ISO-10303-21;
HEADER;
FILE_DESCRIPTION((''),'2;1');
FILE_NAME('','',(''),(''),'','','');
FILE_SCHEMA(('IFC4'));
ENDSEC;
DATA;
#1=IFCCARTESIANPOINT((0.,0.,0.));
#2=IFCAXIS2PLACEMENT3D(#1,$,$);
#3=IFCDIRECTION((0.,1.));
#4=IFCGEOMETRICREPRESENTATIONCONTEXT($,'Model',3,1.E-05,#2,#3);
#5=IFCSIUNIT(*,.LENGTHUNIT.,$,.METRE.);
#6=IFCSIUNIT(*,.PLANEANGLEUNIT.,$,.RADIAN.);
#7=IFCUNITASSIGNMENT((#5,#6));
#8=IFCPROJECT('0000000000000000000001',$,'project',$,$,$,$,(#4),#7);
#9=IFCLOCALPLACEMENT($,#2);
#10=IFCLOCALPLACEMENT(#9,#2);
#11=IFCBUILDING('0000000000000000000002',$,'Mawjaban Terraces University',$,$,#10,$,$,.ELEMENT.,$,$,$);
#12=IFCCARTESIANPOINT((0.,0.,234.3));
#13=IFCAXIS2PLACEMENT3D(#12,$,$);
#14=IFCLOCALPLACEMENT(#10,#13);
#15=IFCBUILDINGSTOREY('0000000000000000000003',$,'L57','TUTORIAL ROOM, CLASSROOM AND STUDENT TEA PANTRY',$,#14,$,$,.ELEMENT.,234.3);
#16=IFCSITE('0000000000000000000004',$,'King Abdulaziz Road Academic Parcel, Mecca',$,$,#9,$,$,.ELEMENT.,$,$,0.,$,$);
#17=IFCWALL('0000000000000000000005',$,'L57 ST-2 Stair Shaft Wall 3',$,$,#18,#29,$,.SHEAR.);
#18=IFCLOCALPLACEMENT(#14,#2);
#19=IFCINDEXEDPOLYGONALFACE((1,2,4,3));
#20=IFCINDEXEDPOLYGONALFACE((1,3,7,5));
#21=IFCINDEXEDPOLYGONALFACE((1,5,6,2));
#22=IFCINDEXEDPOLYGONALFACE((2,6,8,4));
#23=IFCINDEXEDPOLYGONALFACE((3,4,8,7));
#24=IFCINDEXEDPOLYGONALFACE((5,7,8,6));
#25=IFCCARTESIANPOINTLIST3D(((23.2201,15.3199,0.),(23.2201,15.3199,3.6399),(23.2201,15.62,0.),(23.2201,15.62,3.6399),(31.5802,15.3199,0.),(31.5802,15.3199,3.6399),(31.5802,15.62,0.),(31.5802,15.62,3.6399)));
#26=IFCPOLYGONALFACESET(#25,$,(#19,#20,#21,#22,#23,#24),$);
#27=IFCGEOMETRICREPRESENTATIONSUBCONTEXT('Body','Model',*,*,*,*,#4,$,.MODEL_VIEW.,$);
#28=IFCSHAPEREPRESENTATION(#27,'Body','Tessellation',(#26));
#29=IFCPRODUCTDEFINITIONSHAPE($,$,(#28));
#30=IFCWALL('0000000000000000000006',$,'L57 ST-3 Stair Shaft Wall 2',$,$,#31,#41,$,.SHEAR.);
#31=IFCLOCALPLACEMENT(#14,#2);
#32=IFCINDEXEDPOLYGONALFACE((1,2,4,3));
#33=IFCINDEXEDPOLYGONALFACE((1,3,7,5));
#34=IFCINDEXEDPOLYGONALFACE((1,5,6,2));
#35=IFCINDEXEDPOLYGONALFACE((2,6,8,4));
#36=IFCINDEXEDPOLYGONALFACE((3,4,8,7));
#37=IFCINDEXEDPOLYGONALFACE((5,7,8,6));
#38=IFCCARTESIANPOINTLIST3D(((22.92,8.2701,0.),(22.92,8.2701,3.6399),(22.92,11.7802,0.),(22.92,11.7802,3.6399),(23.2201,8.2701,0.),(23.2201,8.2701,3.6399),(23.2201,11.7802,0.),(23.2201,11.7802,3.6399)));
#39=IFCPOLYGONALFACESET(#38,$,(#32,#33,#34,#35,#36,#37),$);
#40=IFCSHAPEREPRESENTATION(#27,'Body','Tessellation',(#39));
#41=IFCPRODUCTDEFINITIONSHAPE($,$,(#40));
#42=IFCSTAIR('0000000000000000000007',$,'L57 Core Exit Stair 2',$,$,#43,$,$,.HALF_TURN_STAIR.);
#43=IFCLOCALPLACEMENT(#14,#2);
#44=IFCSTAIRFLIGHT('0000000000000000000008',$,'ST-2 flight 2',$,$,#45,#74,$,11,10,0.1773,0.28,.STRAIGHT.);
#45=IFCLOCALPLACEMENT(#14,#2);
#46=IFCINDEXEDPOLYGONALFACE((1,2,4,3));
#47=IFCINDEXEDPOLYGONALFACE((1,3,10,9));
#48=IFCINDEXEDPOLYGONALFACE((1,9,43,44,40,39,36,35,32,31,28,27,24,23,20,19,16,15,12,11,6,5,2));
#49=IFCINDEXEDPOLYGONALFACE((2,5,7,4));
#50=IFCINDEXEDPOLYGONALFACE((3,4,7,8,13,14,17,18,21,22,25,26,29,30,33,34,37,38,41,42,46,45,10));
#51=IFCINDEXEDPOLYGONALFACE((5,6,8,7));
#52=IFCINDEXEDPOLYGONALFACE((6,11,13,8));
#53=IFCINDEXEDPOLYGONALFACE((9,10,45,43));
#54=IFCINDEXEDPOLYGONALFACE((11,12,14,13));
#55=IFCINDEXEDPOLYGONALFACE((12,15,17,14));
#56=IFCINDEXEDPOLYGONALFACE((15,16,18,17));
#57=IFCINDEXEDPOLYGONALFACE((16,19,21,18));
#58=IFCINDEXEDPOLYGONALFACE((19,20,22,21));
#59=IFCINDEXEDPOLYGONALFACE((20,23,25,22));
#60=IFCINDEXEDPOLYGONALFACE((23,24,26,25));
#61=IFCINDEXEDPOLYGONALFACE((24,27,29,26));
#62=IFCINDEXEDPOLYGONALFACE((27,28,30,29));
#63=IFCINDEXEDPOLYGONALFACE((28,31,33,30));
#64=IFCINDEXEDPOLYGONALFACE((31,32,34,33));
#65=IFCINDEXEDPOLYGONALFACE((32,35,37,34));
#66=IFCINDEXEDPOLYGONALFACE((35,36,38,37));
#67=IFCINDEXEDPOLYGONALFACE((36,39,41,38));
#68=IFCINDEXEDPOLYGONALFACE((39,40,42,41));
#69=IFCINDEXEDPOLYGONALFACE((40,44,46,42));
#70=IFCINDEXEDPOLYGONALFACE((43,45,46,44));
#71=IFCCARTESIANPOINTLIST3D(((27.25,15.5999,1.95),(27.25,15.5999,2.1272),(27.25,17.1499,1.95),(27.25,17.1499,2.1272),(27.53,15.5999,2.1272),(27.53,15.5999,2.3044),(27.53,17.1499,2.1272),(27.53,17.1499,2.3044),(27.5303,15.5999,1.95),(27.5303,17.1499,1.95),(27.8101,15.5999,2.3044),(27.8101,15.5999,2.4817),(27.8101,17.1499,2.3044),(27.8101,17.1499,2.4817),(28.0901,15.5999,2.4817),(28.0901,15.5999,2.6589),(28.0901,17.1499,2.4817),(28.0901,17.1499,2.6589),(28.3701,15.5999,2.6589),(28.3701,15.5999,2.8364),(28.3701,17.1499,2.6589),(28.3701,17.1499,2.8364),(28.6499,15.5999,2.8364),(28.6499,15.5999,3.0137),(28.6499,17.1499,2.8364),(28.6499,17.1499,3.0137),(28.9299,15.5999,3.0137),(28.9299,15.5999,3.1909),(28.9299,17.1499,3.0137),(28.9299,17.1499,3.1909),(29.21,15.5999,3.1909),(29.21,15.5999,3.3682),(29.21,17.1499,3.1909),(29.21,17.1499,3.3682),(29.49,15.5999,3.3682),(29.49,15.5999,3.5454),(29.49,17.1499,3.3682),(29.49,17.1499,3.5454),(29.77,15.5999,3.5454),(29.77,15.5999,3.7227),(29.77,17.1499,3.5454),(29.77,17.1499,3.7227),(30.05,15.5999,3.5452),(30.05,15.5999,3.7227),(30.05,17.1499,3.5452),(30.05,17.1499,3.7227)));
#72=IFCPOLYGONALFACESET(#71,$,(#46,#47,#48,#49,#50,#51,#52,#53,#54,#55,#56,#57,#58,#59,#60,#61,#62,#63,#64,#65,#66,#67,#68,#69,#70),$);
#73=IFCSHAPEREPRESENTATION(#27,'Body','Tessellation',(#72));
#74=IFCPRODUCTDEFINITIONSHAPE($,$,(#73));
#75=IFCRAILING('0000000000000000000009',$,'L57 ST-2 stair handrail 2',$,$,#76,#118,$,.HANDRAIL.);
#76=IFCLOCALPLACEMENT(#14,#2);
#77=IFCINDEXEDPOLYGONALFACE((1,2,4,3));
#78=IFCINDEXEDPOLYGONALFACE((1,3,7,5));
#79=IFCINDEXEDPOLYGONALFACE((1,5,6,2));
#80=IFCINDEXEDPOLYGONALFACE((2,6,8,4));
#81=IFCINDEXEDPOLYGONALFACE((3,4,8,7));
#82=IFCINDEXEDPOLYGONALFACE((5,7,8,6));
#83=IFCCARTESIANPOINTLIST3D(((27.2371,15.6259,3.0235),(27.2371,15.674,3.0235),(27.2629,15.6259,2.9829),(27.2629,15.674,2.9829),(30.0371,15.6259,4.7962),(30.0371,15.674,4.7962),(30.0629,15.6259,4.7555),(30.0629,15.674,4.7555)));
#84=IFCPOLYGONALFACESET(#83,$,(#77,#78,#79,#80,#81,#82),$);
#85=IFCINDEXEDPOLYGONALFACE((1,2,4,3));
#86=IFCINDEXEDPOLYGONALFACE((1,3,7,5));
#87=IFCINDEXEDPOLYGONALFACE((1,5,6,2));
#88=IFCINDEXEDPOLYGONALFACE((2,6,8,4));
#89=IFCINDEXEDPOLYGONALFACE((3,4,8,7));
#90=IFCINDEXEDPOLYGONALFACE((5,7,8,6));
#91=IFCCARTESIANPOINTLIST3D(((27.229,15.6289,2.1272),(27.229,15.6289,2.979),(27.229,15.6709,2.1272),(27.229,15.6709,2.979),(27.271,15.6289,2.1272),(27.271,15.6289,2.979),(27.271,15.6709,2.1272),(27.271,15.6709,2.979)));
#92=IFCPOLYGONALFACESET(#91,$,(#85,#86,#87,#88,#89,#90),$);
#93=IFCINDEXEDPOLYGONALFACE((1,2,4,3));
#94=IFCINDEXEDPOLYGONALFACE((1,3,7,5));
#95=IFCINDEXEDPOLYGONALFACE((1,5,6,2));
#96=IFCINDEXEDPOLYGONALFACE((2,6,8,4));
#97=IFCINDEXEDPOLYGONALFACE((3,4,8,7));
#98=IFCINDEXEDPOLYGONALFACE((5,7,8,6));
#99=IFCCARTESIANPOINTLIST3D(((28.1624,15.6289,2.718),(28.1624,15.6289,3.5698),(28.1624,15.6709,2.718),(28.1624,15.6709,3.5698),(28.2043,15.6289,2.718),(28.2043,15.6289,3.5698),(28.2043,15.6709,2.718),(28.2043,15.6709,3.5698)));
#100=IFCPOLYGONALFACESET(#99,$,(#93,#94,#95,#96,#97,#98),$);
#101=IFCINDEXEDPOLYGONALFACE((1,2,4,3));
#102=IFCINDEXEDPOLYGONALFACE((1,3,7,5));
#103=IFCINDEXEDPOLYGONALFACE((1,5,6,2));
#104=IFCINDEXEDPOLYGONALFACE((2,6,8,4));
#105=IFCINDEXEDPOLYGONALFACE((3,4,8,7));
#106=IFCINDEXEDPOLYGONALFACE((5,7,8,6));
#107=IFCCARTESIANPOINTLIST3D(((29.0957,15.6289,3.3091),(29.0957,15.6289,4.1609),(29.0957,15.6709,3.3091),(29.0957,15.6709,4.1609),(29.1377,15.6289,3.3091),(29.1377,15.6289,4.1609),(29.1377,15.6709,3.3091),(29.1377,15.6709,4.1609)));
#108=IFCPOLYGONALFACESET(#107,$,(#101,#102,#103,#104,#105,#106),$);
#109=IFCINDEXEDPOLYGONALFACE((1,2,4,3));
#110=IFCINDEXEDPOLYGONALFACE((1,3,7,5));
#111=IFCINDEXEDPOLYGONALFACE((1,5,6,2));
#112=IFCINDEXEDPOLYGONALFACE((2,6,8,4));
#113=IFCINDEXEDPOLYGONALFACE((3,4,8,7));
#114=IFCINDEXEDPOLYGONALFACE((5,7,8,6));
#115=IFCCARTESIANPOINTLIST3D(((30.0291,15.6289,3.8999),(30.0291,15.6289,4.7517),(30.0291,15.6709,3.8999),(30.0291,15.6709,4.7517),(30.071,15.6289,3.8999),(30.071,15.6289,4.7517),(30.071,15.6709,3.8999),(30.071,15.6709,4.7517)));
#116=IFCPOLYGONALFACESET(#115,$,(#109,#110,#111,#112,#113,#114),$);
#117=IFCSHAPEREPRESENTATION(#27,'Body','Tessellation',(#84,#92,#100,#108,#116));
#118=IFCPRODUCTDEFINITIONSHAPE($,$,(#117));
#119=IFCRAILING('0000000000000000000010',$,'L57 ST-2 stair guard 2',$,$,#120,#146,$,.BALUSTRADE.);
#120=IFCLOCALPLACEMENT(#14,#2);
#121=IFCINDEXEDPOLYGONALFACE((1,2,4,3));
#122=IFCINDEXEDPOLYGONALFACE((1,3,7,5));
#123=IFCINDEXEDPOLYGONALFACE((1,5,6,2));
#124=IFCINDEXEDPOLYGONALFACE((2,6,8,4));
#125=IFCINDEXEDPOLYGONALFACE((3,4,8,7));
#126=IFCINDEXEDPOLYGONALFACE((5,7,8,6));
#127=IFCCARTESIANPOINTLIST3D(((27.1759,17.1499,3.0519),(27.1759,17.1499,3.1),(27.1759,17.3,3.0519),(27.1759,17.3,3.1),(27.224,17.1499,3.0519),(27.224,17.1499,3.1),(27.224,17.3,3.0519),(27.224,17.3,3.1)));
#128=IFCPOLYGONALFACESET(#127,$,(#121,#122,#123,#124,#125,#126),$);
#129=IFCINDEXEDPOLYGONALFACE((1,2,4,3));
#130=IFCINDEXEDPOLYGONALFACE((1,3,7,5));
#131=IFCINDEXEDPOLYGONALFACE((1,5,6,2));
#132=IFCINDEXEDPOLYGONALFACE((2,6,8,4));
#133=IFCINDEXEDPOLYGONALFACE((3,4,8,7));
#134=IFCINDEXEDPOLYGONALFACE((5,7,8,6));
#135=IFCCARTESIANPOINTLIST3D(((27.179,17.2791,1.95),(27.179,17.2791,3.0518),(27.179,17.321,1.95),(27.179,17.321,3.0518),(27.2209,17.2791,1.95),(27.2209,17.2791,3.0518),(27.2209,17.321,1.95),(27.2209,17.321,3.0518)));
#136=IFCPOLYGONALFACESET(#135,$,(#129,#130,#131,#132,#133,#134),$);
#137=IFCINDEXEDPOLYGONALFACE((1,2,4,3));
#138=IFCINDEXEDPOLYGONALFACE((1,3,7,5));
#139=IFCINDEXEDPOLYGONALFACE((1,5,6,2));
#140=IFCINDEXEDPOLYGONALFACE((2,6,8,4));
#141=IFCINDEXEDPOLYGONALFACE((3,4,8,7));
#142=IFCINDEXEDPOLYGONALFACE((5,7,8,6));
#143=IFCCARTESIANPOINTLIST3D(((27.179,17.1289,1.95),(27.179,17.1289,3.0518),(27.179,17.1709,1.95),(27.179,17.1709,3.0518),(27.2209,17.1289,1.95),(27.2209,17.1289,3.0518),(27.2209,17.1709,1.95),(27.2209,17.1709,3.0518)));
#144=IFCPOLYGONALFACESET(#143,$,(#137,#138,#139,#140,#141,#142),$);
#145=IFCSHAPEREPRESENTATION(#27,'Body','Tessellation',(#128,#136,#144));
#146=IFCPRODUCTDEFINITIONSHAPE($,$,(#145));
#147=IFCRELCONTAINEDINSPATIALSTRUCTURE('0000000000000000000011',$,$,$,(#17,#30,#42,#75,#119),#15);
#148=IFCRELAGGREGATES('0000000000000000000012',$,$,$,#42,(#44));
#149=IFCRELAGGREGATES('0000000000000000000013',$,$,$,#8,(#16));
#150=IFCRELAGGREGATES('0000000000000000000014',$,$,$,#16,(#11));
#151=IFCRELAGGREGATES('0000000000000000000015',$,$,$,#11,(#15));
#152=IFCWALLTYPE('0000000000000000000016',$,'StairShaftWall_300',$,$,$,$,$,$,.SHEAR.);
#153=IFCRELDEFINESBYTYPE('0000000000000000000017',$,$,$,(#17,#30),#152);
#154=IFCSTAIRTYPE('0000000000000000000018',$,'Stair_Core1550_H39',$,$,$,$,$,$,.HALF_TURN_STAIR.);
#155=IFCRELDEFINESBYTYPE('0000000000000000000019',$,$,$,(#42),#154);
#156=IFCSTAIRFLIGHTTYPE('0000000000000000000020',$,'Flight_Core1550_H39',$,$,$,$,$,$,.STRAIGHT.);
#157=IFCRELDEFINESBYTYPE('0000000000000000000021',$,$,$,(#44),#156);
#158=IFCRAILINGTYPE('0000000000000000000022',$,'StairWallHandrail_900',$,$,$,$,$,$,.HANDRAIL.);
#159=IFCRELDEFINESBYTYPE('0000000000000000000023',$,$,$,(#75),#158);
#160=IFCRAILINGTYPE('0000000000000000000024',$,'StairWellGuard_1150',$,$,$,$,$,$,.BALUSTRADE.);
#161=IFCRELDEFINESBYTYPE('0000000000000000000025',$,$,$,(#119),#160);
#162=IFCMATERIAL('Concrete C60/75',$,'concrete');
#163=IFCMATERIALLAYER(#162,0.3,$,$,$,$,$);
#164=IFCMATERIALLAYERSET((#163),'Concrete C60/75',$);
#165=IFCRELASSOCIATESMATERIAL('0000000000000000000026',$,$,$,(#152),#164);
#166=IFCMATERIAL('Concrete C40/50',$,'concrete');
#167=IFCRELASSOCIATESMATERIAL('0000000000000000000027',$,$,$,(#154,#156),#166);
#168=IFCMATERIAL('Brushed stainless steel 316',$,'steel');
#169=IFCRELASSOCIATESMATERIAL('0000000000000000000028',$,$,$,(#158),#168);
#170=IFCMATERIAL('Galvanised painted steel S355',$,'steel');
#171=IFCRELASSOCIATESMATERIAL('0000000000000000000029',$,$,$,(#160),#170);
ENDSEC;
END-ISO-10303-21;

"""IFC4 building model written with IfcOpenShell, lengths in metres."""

from ifc_helpers import new_model, si_unit, direction, frame, frame_2d, origin, origin_2d, place, context, subcontext, project, spatial, polyline, rectangle, outline, extrude, material, layer, layer_set, type_object, element, aggregate, save


model = new_model("IFC4")

# Units and contexts
model_context = context("Model", 3, precision=1e-05, world=origin(), true_north=direction((0.0, 1.0)))
body_context = subcontext(model_context, "Body", "Model", "MODEL_VIEW")
ifc_project = project(units=[si_unit("LENGTHUNIT", "METRE"), si_unit("PLANEANGLEUNIT", "RADIAN")], contexts=[model_context])

# Site, building, storey
site_placement = place(None, origin())
site = spatial("IfcSite", under=ifc_project, at=site_placement, Name="King Abdulaziz Road Academic Parcel, Mecca", CompositionType="ELEMENT", RefElevation=0.0)
building_placement = place(site_placement, origin())
building = spatial("IfcBuilding", under=site, at=building_placement, Name="Mawjaban Terraces University", CompositionType="ELEMENT")
storey_placement = place(building_placement, frame((0.0, 0.0, 234.3)))
storey = spatial("IfcBuildingStorey", under=building, at=storey_placement, Name="L57", Description="TUTORIAL ROOM, CLASSROOM AND STUDENT TEA PANTRY", CompositionType="ELEMENT", Elevation=234.3)

# Shared definitions
ifc_material_1 = material(Name="Concrete C60/75", Category="concrete")

# Walls
ifc_material_2 = material(Name="Concrete C40/50", Category="concrete")
ifc_layer_1 = layer(ifc_material_1, 0.3)
ifc_layer_set_1 = layer_set([ifc_layer_1], Name="Concrete C60/75")
wall_type_1 = type_object("IfcWallType", Name="StairShaftWall_300", PredefinedType="SHEAR", material=ifc_layer_set_1)
wall_1_placement = place(storey_placement, frame((23.22, 15.47, 0.0), z_axis=(0.0, 0.0, 1.0), x_axis=(1.0, 0.0, 0.0)))
element("IfcWall", 1, at=wall_1_placement, inside=storey, type_object=wall_type_1, Name="L57 ST-2 Stair Shaft Wall 3", PredefinedType="SHEAR", context=body_context, shape_type="SweptSolid", body=[
    extrude(rectangle(XDim=8.3601, YDim=0.3, at=frame_2d((4.1802, 0.0))), origin(), (0.0, 0.0, 1.0), 3.6399),
])
wall_2_placement = place(storey_placement, frame((23.0701, 11.78, 0.0), z_axis=(0.0, 0.0, 1.0), x_axis=(0.0, -1.0, 0.0)))
element("IfcWall", 2, at=wall_2_placement, inside=storey, type_object=wall_type_1, Name="L57 ST-3 Stair Shaft Wall 2", PredefinedType="SHEAR", context=body_context, shape_type="SweptSolid", body=[
    extrude(rectangle(XDim=3.51, YDim=0.3, at=frame_2d((1.7549, 0.0))), origin(), (0.0, 0.0, 1.0), 3.6399),
])

# Stair, stair flight
stair_type = type_object("IfcStairType", Name="Stair_Core1550_H39", PredefinedType="HALF_TURN_STAIR", material=ifc_material_2)
stair_placement = place(storey_placement, origin())
stair = element("IfcStair", 3, at=stair_placement, inside=storey, type_object=stair_type, Name="L57 Core Exit Stair 2", PredefinedType="HALF_TURN_STAIR")
stair_flight_type = type_object("IfcStairFlightType", Name="Flight_Core1550_H39", PredefinedType="STRAIGHT", material=ifc_material_2)
stair_flight_placement = place(storey_placement, frame((27.25, 16.375, 1.95), z_axis=(0.0, 0.0, 1.0), x_axis=(1.0, 0.0, 0.0)))
stair_flight = element("IfcStairFlight", 4, at=stair_flight_placement, type_object=stair_flight_type, Name="ST-2 flight 2", NumberOfRisers=11, NumberOfTreads=10, PredefinedType="STRAIGHT", RiserHeight=0.1773, TreadLength=0.28, context=body_context, shape_type="SweptSolid", body=[
    extrude(outline(polyline([(0.0, 0.0), (0.0, 0.1772), (0.28, 0.1772), (0.28, 0.3545), (0.5601, 0.3545), (0.5601, 0.5317), (0.8401, 0.5317), (0.8401, 0.709), (1.1201, 0.709), (1.1201, 0.8865), (1.3999, 0.8865), (1.3999, 1.0637), (1.6799, 1.0637), (1.6799, 1.241), (1.96, 1.241), (1.96, 1.4182), (2.24, 1.4182), (2.24, 1.5955), (2.52, 1.5955), (2.52, 1.7727), (2.8, 1.7727), (2.8, 1.95), (2.8, 1.5952), (0.2803, 0.0), (0.0, 0.0)])), frame((0.0, 0.7749, 0.0), z_axis=(0.0, -1.0, 0.0), x_axis=(1.0, 0.0, 0.0)), (0.0, 0.0, 1.0), 1.55),
])
aggregate(stair, [stair_flight])

# Railings
ifc_material_3 = material(Name="Brushed stainless steel 316", Category="steel")
railing_type_1 = type_object("IfcRailingType", Name="StairWallHandrail_900", PredefinedType="HANDRAIL", material=ifc_material_3)
railing_1_placement = place(storey_placement, frame((27.25, 15.6499, 2.1272)))
element("IfcRailing", 5, at=railing_1_placement, inside=storey, type_object=railing_type_1, Name="L57 ST-2 stair handrail 2", PredefinedType="HANDRAIL", context=body_context, shape_type="SweptSolid", body=[
    extrude(rectangle(XDim=0.0481, YDim=0.0481, at=origin_2d()), frame((0.0, 0.0, 0.876), z_axis=(0.844909, 0.0, 0.53491), x_axis=(0.0, 1.0, 0.0)), (0.0, 0.0, 1.0), 3.314),
    extrude(rectangle(XDim=0.042, YDim=0.042, at=origin_2d()), origin(), (0.0, 0.0, 1.0), 0.8518),
    extrude(rectangle(XDim=0.042, YDim=0.042, at=origin_2d()), frame((0.9333, 0.0, 0.5908)), (0.0, 0.0, 1.0), 0.8518),
    extrude(rectangle(XDim=0.042, YDim=0.042, at=origin_2d()), frame((1.8667, 0.0, 1.1819)), (0.0, 0.0, 1.0), 0.8518),
    extrude(rectangle(XDim=0.042, YDim=0.042, at=origin_2d()), frame((2.8, 0.0, 1.7727)), (0.0, 0.0, 1.0), 0.8518),
])
ifc_material_4 = material(Name="Galvanised painted steel S355", Category="steel")
railing_type_2 = type_object("IfcRailingType", Name="StairWellGuard_1150", PredefinedType="BALUSTRADE", material=ifc_material_4)
railing_2_placement = place(storey_placement, frame((27.2, 17.3, 1.95)))
element("IfcRailing", 6, at=railing_2_placement, inside=storey, type_object=railing_type_2, Name="L57 ST-2 stair guard 2", PredefinedType="BALUSTRADE", context=body_context, shape_type="SweptSolid", body=[
    extrude(rectangle(XDim=0.0481, YDim=0.0481, at=origin_2d()), frame((0.0, 0.0, 1.126), z_axis=(0.0, -1.0, 0.0), x_axis=(1.0, 0.0, 0.0)), (0.0, 0.0, 1.0), 0.1501),
    extrude(rectangle(XDim=0.042, YDim=0.042, at=origin_2d()), origin(), (0.0, 0.0, 1.0), 1.1018),
    extrude(rectangle(XDim=0.042, YDim=0.042, at=origin_2d()), frame((0.0, -0.1501, 0.0)), (0.0, 0.0, 1.0), 1.1018),
])

save(model, "model.ifc")
